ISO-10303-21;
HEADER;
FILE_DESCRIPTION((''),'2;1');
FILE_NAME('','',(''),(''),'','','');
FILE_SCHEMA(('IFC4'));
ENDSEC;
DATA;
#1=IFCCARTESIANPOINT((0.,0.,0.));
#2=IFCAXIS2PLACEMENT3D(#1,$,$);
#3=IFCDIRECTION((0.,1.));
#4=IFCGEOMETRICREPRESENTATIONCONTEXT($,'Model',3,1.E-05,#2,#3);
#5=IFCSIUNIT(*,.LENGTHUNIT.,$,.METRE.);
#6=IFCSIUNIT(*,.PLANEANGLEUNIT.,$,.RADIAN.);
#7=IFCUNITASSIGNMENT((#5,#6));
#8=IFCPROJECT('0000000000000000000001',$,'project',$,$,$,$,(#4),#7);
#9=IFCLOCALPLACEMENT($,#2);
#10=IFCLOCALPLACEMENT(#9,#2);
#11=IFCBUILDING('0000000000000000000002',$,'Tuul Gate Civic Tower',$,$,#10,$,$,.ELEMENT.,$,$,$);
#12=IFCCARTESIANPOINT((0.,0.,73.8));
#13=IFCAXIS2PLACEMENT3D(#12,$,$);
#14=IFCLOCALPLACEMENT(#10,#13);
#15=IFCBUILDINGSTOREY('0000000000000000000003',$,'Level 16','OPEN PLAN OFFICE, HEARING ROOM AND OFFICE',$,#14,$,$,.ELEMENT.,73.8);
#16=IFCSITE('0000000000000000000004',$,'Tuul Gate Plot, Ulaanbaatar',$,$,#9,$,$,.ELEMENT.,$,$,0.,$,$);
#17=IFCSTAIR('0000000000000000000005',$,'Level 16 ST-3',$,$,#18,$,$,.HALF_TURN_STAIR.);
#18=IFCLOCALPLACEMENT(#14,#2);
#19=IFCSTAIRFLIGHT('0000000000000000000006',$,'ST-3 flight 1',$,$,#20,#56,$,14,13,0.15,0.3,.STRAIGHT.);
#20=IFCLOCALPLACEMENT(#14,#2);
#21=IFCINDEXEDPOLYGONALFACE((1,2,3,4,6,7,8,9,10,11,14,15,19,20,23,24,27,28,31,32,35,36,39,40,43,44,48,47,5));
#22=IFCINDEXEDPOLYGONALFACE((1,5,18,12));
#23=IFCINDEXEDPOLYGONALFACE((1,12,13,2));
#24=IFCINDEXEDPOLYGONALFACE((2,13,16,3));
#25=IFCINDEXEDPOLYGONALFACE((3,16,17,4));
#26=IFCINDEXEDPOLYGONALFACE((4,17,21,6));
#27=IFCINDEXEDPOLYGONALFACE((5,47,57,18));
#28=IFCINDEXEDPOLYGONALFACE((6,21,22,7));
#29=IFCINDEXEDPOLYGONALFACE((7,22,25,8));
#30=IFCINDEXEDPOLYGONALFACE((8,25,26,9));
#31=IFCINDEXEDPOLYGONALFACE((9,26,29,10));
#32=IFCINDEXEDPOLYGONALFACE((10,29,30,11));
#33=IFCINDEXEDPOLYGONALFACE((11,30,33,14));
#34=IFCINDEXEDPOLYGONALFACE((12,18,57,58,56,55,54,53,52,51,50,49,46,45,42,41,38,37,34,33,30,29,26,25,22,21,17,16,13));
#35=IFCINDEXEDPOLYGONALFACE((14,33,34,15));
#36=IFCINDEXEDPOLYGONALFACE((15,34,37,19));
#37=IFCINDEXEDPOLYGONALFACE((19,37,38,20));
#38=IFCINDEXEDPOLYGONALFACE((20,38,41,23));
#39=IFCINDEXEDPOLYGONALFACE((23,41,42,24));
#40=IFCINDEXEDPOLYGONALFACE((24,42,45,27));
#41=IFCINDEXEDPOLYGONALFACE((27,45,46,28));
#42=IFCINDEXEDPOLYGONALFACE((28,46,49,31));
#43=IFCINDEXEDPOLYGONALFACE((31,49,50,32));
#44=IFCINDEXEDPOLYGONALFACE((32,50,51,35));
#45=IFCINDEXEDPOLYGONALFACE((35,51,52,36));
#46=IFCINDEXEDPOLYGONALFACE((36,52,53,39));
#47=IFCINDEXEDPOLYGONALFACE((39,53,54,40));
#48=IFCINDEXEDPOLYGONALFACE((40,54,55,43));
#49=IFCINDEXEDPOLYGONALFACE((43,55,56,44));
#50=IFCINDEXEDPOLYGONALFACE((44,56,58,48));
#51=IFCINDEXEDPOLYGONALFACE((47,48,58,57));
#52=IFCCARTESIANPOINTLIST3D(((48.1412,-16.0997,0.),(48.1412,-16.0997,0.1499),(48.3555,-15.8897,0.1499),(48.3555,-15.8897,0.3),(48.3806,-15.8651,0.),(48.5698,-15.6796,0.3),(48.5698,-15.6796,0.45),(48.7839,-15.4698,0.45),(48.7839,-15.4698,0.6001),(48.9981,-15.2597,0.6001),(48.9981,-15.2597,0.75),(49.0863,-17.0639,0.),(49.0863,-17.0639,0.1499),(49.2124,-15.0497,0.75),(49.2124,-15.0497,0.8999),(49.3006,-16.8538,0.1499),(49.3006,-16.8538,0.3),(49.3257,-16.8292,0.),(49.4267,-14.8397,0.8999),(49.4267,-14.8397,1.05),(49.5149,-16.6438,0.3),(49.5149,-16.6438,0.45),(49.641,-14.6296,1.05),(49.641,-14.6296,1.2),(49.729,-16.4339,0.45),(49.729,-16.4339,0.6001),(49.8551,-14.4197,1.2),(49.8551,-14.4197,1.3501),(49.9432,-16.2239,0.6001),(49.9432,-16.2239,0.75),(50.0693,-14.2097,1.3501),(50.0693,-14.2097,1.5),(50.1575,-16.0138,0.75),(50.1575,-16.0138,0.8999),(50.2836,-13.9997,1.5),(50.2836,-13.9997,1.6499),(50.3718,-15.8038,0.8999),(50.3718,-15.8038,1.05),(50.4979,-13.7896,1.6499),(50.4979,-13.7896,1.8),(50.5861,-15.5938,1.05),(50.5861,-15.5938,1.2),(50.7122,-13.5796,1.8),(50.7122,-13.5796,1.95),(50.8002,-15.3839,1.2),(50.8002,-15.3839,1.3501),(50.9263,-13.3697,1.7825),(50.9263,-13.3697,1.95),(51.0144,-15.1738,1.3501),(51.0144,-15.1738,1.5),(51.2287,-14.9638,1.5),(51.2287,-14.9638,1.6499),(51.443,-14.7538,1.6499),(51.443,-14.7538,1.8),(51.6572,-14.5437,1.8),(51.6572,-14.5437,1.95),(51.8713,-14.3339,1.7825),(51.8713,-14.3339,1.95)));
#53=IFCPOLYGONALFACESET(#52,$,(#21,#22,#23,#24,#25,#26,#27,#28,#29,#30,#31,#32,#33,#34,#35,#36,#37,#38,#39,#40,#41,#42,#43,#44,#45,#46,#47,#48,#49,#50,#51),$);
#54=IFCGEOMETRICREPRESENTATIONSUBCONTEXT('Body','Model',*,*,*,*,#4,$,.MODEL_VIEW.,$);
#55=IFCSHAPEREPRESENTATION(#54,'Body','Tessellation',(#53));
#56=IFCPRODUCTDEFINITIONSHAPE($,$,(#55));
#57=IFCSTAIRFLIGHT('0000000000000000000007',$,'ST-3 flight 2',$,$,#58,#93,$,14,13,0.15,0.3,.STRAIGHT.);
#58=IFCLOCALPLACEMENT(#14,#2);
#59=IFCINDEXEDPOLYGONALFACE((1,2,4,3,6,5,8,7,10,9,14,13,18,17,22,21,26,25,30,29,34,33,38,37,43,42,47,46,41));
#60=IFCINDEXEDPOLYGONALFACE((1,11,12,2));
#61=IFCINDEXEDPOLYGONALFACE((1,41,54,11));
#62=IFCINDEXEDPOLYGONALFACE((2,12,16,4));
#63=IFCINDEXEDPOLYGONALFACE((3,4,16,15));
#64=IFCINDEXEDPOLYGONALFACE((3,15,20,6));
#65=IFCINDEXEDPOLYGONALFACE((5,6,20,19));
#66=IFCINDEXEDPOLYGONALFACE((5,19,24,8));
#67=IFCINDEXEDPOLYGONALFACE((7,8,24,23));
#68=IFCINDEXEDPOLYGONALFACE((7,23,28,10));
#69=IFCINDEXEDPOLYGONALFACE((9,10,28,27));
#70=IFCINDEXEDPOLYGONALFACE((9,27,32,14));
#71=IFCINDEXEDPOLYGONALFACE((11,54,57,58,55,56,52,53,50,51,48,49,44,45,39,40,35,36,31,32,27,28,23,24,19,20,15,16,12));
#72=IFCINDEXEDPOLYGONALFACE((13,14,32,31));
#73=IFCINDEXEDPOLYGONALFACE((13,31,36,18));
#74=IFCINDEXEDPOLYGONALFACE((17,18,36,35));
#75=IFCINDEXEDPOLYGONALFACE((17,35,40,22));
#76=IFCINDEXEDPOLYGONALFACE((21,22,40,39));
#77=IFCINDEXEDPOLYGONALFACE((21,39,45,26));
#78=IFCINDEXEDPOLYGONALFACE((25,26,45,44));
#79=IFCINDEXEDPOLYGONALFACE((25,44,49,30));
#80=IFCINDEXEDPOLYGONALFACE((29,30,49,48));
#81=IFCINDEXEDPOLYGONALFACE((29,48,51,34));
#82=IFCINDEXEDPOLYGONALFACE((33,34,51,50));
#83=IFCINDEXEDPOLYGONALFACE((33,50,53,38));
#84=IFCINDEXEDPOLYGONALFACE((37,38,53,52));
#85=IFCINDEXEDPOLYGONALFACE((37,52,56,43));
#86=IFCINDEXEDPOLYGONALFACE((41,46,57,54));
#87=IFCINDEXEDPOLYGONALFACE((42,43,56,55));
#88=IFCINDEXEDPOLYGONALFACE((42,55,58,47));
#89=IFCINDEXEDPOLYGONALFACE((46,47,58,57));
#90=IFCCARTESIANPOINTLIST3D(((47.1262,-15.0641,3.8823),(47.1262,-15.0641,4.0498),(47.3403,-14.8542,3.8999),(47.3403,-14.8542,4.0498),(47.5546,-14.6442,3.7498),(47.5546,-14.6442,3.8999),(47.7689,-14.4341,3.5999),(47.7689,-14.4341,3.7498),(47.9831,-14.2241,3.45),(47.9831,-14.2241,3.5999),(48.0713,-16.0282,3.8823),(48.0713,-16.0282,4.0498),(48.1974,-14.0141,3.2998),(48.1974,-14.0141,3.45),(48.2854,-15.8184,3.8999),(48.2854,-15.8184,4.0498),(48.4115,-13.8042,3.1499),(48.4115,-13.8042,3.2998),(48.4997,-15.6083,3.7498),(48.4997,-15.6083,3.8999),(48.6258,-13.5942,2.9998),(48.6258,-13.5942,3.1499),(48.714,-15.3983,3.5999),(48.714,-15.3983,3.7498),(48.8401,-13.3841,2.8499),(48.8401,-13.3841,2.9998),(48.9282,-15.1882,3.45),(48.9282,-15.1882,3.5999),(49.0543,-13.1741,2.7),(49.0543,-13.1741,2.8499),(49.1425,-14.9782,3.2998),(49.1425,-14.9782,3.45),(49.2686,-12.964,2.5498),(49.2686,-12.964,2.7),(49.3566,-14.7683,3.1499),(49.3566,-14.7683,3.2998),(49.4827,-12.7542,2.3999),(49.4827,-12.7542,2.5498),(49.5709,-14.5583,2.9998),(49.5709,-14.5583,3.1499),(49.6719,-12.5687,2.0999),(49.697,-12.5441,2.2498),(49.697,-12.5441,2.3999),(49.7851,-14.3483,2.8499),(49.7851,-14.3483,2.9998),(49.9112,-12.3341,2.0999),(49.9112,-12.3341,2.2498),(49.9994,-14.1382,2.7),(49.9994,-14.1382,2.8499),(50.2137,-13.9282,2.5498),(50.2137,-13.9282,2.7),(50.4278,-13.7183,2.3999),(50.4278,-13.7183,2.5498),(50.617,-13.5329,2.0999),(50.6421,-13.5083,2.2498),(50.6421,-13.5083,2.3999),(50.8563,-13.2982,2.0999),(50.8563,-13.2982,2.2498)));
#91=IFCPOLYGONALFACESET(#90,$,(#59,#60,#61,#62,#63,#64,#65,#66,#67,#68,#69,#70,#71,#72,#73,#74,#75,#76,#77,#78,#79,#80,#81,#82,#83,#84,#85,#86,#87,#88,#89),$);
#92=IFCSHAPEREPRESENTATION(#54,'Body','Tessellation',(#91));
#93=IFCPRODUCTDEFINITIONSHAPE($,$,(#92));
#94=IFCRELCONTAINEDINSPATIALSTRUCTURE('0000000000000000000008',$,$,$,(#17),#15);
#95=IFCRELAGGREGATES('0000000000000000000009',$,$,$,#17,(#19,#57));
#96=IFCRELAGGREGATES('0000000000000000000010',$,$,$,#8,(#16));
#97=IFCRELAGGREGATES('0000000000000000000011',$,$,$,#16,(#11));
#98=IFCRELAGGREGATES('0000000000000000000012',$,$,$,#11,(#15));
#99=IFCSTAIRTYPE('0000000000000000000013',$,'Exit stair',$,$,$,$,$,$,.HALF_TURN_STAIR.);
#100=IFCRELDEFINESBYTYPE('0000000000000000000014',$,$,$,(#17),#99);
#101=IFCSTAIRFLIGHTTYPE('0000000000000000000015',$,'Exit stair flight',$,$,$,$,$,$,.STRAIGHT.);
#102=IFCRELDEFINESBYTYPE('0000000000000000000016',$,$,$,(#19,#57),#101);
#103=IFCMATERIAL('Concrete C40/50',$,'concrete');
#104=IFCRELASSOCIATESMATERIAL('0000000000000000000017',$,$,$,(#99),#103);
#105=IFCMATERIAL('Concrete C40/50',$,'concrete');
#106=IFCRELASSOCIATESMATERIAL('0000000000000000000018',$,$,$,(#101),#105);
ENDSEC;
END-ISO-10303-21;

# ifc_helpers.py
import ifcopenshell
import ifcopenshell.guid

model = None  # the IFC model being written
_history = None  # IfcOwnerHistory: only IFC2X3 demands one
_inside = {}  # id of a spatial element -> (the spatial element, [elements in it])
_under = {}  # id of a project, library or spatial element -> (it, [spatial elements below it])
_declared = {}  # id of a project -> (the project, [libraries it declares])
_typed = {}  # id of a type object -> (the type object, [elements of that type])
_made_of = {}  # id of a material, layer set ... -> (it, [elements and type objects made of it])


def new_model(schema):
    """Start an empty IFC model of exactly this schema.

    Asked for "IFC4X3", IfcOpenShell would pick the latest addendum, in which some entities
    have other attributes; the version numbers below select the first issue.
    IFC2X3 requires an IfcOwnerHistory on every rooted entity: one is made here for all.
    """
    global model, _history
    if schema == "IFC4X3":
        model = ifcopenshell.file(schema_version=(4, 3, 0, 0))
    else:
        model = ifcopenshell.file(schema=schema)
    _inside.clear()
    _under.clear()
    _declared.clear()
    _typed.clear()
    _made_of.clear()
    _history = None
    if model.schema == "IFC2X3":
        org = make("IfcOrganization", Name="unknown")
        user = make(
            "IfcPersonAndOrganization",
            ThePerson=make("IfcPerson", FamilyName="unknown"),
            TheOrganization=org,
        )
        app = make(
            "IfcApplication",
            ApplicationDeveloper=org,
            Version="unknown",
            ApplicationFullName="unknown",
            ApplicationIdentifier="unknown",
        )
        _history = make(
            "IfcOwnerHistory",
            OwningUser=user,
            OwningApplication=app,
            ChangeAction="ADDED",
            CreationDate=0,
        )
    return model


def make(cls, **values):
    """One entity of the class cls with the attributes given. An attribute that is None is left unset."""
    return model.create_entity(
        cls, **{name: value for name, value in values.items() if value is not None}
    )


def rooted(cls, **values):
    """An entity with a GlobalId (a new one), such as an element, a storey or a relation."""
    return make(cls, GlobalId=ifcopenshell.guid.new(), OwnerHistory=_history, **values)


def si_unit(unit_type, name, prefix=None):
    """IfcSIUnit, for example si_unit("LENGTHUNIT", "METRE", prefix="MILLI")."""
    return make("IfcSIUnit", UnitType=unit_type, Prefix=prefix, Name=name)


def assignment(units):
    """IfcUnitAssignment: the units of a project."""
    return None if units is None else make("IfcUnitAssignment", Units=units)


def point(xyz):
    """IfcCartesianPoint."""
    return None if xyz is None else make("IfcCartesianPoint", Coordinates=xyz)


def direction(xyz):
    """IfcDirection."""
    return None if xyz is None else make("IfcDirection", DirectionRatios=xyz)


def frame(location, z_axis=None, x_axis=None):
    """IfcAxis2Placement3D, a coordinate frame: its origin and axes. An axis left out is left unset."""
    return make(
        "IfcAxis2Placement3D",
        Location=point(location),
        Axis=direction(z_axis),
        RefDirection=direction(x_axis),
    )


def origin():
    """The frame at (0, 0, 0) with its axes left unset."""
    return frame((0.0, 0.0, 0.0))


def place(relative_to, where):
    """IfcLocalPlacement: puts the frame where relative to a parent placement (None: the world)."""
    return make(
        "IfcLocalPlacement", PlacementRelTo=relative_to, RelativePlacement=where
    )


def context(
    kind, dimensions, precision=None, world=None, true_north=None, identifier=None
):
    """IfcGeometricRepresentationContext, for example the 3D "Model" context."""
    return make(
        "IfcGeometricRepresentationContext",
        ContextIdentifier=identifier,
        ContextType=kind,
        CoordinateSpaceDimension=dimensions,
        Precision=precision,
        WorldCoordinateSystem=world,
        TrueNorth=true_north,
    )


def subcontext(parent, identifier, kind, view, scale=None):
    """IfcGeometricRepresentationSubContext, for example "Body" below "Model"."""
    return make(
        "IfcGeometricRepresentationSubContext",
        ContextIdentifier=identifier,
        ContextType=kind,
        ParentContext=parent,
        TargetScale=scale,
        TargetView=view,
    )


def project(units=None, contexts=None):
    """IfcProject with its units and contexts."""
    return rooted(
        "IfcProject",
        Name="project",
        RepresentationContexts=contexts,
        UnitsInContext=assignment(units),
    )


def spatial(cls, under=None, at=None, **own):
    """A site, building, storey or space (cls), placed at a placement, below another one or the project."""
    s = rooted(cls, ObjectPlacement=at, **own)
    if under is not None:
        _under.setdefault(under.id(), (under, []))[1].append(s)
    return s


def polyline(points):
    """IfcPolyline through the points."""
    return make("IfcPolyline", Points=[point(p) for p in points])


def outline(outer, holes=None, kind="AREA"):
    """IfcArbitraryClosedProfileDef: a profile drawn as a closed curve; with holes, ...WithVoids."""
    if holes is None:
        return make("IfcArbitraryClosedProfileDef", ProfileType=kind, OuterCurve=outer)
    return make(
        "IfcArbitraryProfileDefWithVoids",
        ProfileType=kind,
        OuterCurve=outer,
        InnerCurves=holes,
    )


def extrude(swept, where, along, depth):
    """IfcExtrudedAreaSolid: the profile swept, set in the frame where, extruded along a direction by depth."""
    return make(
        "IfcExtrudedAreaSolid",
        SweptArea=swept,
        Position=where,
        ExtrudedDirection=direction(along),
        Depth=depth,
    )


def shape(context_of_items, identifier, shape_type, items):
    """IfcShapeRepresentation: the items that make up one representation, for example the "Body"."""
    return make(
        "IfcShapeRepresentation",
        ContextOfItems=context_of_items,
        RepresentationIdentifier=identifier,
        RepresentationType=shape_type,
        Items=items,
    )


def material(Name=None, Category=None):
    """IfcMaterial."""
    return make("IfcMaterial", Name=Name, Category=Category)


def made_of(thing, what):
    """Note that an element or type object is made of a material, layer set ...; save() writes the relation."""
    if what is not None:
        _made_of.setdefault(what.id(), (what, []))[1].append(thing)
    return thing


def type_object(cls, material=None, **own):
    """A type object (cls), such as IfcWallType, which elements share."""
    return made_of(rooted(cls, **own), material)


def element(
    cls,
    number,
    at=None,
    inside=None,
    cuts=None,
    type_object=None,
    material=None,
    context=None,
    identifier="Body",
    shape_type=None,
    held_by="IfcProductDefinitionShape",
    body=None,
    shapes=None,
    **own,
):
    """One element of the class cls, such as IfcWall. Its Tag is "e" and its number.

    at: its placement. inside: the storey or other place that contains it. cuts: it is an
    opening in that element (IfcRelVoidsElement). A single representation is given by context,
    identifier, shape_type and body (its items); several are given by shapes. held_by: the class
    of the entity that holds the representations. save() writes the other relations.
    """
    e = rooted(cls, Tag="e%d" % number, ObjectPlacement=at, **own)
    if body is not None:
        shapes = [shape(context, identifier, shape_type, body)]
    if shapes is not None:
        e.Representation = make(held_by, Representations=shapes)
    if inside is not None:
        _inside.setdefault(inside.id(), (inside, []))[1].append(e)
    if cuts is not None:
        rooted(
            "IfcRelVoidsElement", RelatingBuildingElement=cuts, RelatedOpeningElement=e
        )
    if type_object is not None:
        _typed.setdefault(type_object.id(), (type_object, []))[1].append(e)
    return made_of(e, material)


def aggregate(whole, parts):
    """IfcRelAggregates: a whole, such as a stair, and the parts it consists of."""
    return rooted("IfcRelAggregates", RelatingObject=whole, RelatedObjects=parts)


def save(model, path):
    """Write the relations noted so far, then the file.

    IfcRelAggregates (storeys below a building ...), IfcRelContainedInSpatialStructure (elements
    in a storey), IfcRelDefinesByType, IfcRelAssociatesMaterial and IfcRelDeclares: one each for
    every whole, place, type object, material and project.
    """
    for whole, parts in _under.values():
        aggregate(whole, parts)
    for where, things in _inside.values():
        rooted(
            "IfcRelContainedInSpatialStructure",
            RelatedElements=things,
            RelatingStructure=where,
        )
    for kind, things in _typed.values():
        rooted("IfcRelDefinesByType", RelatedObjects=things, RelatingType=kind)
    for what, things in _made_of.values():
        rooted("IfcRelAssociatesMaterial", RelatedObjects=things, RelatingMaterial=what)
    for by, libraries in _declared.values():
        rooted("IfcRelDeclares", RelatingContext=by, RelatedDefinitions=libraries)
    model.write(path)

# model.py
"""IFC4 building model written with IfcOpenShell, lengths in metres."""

from ifc_helpers import new_model, si_unit, direction, frame, origin, place, context, subcontext, project, spatial, polyline, outline, extrude, material, type_object, element, aggregate, save


model = new_model("IFC4")

# Units and contexts
model_context = context("Model", 3, precision=1e-05, world=origin(), true_north=direction((0.0, 1.0)))
body_context = subcontext(model_context, "Body", "Model", "MODEL_VIEW")
ifc_project = project(units=[si_unit("LENGTHUNIT", "METRE"), si_unit("PLANEANGLEUNIT", "RADIAN")], contexts=[model_context])

# Site, building, storey
site_placement = place(None, origin())
site = spatial("IfcSite", under=ifc_project, at=site_placement, Name="Tuul Gate Plot, Ulaanbaatar", CompositionType="ELEMENT", RefElevation=0.0)
building_placement = place(site_placement, origin())
building = spatial("IfcBuilding", under=site, at=building_placement, Name="Tuul Gate Civic Tower", CompositionType="ELEMENT")
storey_placement = place(building_placement, frame((0.0, 0.0, 73.8)))
storey = spatial("IfcBuildingStorey", under=building, at=storey_placement, Name="Level 16", Description="OPEN PLAN OFFICE, HEARING ROOM AND OFFICE", CompositionType="ELEMENT", Elevation=73.8)

# Stair, stair flights
ifc_material_1 = material(Name="Concrete C40/50", Category="concrete")
stair_type = type_object("IfcStairType", Name="Exit stair", PredefinedType="HALF_TURN_STAIR", material=ifc_material_1)
stair_placement = place(storey_placement, origin())
stair = element("IfcStair", 1, at=stair_placement, inside=storey, type_object=stair_type, Name="Level 16 ST-3", PredefinedType="HALF_TURN_STAIR")
ifc_material_2 = material(Name="Concrete C40/50", Category="concrete")
stair_flight_type = type_object("IfcStairFlightType", Name="Exit stair flight", PredefinedType="STRAIGHT", material=ifc_material_2)
stair_flight_1_placement = place(storey_placement, frame((48.6138, -16.5818, 0.0), z_axis=(0.0, 0.0, 1.0), x_axis=(0.714127, 0.700016, 0.0)))
stair_flight_1 = element("IfcStairFlight", 2, at=stair_flight_1_placement, type_object=stair_flight_type, Name="ST-3 flight 1", NumberOfRisers=14, NumberOfTreads=13, PredefinedType="STRAIGHT", RiserHeight=0.15, TreadLength=0.3, context=body_context, shape_type="SweptSolid", body=[
    extrude(outline(polyline([(0.0, 0.0), (0.0, 0.1499), (0.3, 0.1499), (0.3, 0.3), (0.6001, 0.3), (0.6001, 0.45), (0.8999, 0.45), (0.8999, 0.6001), (1.2, 0.6001), (1.2, 0.75), (1.5, 0.75), (1.5, 0.8999), (1.8, 0.8999), (1.8, 1.05), (2.1001, 1.05), (2.1001, 1.2), (2.3999, 1.2), (2.3999, 1.3501), (2.7, 1.3501), (2.7, 1.5), (3.0, 1.5), (3.0, 1.6499), (3.3, 1.6499), (3.3, 1.8), (3.6001, 1.8), (3.6001, 1.95), (3.8999, 1.95), (3.8999, 2.1001), (3.8999, 1.7825), (0.3352, 0.0), (0.0, 0.0)])), frame((0.0, 0.675, 0.0), z_axis=(0.0, -1.0, 0.0), x_axis=(1.0, 0.0, 0.0)), (0.0, 0.0, 1.0), 1.3501),
])
stair_flight_2_placement = place(storey_placement, frame((50.3838, -12.8162, 2.0999), z_axis=(0.0, 0.0, 1.0), x_axis=(-0.714127, -0.700016, 0.0)))
stair_flight_2 = element("IfcStairFlight", 3, at=stair_flight_2_placement, type_object=stair_flight_type, Name="ST-3 flight 2", NumberOfRisers=14, NumberOfTreads=13, PredefinedType="STRAIGHT", RiserHeight=0.15, TreadLength=0.3, context=body_context, shape_type="SweptSolid", body=[
    extrude(outline(polyline([(0.0, 0.0), (0.0, 0.1499), (0.3, 0.1499), (0.3, 0.3), (0.6001, 0.3), (0.6001, 0.45), (0.8999, 0.45), (0.8999, 0.6001), (1.2, 0.6001), (1.2, 0.75), (1.5, 0.75), (1.5, 0.8999), (1.8, 0.8999), (1.8, 1.05), (2.1001, 1.05), (2.1001, 1.2), (2.3999, 1.2), (2.3999, 1.3501), (2.7, 1.3501), (2.7, 1.5), (3.0, 1.5), (3.0, 1.6499), (3.3, 1.6499), (3.3, 1.8), (3.6001, 1.8), (3.6001, 1.95), (3.8999, 1.95), (3.8999, 2.1001), (3.8999, 1.7825), (0.3352, 0.0), (0.0, 0.0)])), frame((0.0, 0.675, 0.0), z_axis=(0.0, -1.0, 0.0), x_axis=(1.0, 0.0, 0.0)), (0.0, 0.0, 1.0), 1.3501),
])
aggregate(stair, [stair_flight_1, stair_flight_2])

save(model, "model.ifc")
